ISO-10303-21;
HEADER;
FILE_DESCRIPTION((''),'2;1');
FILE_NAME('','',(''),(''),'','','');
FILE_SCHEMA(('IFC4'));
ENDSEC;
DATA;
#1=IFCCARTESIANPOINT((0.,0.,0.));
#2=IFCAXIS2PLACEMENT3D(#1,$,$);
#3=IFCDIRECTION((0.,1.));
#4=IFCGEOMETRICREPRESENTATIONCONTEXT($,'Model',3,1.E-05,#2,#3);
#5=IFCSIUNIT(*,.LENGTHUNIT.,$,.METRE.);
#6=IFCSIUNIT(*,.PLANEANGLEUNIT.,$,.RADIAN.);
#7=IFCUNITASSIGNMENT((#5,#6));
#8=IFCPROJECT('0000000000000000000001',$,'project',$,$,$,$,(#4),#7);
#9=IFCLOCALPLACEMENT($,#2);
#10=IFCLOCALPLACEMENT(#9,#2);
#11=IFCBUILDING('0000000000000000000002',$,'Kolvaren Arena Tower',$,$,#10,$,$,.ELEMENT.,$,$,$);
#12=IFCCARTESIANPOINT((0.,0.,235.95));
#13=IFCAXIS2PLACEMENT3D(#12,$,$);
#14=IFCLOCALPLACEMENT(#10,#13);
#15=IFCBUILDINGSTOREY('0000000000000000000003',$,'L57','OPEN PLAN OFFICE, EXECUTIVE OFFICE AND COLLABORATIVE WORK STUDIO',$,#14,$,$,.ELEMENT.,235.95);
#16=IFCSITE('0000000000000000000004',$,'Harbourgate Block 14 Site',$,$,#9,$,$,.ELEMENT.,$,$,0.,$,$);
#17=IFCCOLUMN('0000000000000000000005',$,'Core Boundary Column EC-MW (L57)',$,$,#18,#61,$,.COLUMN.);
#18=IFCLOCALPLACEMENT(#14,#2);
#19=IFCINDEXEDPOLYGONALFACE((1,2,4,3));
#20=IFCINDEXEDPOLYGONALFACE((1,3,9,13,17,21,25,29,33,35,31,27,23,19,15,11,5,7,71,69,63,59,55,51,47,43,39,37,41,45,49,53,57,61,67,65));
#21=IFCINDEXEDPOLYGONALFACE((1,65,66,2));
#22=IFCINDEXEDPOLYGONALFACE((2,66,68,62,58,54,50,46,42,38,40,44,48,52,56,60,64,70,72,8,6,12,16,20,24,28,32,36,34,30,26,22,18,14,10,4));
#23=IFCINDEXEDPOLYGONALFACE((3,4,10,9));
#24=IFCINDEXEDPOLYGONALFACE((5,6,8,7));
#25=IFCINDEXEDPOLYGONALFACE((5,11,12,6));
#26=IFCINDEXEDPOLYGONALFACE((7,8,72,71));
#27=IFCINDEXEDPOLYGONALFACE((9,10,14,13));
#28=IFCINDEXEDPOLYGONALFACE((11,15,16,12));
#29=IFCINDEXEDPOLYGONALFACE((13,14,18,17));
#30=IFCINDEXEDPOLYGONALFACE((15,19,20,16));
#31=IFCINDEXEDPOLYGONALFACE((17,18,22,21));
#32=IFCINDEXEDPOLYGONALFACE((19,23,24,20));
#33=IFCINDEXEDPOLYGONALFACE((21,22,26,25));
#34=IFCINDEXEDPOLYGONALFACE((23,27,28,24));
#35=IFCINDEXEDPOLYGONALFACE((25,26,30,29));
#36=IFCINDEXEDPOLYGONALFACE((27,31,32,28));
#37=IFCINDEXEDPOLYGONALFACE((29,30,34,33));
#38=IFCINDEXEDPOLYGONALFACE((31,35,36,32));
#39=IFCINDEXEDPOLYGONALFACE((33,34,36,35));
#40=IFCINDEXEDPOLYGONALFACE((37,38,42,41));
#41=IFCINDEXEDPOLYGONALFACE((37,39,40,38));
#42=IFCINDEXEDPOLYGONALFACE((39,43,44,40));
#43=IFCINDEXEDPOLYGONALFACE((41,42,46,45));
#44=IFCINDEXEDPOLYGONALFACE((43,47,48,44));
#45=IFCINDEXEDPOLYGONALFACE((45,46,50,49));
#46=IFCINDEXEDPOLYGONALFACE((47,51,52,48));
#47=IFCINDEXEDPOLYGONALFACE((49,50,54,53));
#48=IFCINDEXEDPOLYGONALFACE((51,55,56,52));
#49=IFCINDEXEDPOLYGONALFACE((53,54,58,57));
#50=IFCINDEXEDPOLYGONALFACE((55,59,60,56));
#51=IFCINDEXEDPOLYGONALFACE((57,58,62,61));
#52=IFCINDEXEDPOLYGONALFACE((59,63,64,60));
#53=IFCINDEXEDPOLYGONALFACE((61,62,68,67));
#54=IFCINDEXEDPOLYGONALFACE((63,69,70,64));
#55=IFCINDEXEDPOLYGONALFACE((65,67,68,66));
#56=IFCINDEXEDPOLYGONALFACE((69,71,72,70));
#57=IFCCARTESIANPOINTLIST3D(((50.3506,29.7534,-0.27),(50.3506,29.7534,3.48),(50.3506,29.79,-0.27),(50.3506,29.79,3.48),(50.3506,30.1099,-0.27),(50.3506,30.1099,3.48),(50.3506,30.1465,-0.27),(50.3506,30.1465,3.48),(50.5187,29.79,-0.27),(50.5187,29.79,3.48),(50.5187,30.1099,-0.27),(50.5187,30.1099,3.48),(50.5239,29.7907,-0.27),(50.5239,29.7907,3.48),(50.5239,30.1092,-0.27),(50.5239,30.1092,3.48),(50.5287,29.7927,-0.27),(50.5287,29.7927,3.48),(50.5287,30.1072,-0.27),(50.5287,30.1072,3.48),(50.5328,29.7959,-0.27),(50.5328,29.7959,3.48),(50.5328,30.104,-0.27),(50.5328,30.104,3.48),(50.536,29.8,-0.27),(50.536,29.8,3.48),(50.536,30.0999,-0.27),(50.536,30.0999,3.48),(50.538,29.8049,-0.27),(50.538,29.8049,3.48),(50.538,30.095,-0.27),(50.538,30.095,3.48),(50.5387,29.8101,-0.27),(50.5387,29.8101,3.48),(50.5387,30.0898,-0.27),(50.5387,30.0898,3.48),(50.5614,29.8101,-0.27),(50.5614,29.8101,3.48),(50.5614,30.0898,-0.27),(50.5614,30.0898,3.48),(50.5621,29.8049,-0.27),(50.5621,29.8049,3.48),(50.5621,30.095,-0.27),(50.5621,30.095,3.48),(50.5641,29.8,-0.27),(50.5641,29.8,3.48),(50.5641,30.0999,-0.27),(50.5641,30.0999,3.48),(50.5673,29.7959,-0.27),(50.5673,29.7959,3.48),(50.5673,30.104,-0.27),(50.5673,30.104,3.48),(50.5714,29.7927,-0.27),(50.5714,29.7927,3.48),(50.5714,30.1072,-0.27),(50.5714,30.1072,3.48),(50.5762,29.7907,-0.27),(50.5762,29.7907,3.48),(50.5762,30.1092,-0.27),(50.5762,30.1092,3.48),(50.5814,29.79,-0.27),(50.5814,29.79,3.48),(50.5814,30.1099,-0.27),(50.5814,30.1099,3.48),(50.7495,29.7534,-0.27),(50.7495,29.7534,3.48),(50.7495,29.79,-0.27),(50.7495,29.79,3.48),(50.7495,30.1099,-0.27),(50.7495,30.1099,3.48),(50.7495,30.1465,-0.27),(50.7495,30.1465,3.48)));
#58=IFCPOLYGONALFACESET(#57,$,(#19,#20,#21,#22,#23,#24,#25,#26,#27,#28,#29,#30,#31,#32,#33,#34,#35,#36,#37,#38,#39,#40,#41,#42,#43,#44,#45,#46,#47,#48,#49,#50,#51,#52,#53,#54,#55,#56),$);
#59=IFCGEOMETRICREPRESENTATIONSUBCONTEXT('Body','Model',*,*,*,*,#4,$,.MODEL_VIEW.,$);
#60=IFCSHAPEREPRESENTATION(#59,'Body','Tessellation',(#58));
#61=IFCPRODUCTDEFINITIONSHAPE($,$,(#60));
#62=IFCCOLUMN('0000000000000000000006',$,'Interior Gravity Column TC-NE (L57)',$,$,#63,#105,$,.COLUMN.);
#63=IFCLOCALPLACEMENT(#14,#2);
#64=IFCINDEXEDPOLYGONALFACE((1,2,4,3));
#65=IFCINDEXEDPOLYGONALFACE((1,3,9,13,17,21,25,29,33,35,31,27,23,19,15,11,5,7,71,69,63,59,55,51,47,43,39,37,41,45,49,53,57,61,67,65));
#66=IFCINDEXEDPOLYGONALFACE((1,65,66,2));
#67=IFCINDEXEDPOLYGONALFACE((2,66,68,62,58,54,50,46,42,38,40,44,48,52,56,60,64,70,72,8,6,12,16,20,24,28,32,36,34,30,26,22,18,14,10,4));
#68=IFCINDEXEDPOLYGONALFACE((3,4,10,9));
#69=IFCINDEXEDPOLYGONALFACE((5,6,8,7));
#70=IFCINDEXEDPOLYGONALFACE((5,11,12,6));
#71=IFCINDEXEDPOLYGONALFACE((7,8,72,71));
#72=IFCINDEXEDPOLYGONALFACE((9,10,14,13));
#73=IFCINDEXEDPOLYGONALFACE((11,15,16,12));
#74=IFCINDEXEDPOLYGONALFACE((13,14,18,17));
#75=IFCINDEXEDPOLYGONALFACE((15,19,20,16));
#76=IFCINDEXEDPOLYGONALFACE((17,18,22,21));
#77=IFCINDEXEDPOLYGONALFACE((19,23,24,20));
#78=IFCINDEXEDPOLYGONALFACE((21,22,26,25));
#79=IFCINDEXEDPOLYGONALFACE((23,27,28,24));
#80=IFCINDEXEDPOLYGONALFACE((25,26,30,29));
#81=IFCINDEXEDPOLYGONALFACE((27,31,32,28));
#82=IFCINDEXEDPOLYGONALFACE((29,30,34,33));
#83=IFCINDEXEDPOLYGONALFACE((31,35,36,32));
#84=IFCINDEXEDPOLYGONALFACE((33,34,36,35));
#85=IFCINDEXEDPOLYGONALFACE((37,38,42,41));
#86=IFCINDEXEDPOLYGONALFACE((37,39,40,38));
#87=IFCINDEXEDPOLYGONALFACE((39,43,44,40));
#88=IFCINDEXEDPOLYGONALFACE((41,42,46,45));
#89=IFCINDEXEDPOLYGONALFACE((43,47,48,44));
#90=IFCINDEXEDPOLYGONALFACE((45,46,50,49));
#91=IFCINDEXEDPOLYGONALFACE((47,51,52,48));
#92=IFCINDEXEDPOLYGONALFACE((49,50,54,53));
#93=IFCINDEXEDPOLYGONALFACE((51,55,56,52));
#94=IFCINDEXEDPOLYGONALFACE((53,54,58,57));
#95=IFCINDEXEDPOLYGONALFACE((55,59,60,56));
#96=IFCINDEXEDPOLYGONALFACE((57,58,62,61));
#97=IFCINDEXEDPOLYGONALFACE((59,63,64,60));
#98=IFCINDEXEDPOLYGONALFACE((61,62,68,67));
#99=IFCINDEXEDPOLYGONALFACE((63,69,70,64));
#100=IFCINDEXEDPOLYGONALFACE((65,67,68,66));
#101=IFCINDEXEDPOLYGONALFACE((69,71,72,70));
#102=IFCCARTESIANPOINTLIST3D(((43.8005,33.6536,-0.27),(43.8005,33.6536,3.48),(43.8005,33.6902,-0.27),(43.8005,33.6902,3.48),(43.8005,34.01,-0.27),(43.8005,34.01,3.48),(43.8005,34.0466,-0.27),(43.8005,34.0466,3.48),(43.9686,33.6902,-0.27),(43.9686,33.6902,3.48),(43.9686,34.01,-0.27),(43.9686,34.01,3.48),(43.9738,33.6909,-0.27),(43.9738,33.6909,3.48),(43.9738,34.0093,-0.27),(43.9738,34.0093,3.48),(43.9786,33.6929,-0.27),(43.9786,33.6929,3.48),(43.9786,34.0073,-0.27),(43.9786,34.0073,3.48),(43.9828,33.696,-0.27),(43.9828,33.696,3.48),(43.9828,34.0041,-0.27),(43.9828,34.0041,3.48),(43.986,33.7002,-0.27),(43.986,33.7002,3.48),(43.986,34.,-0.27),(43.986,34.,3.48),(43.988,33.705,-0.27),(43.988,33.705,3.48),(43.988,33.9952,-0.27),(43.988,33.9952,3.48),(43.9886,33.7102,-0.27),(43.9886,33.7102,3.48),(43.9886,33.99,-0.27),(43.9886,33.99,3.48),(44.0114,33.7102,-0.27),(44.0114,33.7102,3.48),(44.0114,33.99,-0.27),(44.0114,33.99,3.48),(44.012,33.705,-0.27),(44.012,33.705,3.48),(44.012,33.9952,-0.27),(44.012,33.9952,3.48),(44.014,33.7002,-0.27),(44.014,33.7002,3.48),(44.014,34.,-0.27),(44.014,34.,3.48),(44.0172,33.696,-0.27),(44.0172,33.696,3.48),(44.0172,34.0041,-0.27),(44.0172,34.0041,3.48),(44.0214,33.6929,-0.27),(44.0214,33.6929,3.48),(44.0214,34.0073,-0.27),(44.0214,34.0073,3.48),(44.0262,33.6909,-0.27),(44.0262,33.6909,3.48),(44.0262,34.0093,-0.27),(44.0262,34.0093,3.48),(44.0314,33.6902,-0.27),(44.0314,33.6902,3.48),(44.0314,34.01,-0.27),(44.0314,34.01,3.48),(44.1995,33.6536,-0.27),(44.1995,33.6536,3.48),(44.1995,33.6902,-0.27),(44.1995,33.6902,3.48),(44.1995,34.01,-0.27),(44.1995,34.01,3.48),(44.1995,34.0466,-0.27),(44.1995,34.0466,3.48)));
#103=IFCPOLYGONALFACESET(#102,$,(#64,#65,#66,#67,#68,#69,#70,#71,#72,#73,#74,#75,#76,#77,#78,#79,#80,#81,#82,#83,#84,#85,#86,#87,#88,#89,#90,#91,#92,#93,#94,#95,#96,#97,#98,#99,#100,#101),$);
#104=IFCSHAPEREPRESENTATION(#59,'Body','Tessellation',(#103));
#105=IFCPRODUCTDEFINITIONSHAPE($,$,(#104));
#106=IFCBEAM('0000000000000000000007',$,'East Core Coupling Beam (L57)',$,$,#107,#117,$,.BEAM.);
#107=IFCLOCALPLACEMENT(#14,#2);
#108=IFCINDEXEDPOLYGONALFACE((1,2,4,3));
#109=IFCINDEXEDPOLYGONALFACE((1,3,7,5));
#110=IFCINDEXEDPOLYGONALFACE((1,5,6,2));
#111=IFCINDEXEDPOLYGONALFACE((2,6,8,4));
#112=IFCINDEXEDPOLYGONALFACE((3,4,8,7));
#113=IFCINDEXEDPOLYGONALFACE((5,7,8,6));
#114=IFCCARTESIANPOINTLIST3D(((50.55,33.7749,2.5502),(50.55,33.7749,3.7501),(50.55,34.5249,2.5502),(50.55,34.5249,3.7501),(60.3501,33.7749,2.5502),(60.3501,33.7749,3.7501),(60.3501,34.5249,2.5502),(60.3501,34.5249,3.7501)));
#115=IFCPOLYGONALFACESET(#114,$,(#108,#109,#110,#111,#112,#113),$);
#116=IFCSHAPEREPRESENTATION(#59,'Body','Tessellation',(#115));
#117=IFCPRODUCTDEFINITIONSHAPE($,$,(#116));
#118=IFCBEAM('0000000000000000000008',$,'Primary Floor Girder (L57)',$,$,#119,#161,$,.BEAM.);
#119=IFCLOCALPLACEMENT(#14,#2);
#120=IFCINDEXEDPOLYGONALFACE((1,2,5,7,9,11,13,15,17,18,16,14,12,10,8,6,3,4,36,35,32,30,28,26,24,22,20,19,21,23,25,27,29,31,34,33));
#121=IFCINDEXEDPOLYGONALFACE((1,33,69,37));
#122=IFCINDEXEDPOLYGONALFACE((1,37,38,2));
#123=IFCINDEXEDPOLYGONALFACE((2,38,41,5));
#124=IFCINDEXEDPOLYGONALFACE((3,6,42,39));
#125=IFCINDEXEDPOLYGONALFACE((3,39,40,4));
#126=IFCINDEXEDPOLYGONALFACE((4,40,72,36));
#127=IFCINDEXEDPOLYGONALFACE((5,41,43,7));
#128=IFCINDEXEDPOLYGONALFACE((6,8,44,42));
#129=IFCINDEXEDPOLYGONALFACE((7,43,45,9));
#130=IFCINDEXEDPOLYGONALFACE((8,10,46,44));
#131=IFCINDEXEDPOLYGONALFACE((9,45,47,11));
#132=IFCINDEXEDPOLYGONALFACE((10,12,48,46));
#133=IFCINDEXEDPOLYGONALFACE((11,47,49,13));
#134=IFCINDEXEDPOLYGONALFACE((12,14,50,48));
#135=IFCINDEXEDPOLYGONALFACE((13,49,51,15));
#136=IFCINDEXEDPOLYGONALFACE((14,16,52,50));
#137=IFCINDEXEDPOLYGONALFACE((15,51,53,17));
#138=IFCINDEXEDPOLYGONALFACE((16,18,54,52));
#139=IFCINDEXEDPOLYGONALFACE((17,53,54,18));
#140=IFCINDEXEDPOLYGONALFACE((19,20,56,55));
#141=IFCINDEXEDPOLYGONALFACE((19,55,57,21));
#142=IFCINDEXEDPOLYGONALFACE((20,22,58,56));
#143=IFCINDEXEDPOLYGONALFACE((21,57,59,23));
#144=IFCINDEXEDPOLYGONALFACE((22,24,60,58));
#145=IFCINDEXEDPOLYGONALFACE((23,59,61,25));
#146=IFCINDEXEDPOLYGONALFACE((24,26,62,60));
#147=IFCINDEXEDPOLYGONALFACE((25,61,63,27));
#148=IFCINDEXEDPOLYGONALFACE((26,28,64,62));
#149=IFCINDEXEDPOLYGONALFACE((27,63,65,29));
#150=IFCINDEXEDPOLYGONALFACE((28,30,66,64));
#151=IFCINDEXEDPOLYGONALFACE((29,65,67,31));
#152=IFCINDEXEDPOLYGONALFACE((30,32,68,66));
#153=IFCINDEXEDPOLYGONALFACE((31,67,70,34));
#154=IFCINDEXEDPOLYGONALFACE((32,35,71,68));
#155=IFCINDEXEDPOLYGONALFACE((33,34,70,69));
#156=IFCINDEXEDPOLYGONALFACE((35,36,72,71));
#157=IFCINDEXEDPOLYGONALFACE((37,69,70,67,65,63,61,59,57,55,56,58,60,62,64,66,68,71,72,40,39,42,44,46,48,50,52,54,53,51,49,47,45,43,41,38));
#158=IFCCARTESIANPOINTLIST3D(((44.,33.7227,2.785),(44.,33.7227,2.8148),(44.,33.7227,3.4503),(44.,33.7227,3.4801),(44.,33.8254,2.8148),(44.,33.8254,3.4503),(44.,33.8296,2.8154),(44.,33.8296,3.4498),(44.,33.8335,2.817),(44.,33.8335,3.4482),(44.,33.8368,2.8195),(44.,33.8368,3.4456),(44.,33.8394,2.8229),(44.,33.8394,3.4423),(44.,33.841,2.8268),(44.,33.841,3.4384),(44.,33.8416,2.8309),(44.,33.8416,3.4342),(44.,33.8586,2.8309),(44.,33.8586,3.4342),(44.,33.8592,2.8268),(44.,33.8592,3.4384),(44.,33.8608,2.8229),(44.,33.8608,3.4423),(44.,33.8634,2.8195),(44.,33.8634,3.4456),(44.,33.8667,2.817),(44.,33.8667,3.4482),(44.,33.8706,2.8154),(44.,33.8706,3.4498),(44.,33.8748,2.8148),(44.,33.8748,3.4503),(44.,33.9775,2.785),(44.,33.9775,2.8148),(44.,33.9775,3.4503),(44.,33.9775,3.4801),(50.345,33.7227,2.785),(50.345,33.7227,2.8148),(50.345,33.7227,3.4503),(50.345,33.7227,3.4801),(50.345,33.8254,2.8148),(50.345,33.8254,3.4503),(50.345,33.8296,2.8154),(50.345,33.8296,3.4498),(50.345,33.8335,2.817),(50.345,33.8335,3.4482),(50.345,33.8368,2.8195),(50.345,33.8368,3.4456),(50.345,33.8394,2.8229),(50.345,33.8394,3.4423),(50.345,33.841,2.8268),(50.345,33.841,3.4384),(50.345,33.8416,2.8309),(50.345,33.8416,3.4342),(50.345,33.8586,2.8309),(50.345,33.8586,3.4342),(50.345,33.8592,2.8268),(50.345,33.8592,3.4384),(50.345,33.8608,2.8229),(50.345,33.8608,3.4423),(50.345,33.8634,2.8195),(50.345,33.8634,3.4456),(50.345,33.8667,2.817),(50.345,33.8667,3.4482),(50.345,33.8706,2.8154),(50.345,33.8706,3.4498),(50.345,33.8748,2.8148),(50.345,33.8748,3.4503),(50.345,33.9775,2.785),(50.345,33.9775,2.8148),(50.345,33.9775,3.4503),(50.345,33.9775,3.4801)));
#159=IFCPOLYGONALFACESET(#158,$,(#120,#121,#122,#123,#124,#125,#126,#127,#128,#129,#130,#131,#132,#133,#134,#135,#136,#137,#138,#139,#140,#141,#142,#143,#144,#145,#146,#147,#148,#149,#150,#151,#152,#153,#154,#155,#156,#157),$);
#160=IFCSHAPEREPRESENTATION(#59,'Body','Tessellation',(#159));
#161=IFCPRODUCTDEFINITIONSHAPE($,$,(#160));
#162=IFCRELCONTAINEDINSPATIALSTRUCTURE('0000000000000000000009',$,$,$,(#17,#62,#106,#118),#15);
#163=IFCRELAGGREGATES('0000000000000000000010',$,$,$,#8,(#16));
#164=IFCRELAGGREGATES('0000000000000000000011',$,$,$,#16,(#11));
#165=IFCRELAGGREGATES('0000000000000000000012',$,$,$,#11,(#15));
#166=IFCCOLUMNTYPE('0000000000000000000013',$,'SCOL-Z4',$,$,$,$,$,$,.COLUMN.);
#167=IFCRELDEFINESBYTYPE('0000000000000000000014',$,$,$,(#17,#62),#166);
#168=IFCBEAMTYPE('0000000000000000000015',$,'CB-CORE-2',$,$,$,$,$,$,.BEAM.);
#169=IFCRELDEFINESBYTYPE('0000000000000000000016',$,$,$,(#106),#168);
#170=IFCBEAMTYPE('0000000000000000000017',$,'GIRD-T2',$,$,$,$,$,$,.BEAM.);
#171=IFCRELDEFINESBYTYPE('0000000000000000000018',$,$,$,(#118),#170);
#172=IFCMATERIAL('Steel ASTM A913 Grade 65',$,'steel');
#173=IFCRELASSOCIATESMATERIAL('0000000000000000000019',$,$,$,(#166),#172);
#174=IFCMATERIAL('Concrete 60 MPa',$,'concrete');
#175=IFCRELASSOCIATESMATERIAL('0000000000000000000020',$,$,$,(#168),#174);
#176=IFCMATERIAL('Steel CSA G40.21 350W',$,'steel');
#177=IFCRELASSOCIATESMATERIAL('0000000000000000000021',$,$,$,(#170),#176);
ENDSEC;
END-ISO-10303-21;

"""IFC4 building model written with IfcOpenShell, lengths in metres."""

from ifc_helpers import new_model, si_unit, direction, frame, origin, origin_2d, place, context, subcontext, project, spatial, rectangle, i_section, extrude, material, material_profile, profile_set, type_object, element, save


model = new_model("IFC4")

# Units and contexts
model_context = context("Model", 3, precision=1e-05, world=origin(), true_north=direction((0.0, 1.0)))
body_context = subcontext(model_context, "Body", "Model", "MODEL_VIEW")
ifc_project = project(units=[si_unit("LENGTHUNIT", "METRE"), si_unit("PLANEANGLEUNIT", "RADIAN")], contexts=[model_context])

# Site, building, storey
site_placement = place(None, origin())
site = spatial("IfcSite", under=ifc_project, at=site_placement, Name="Harbourgate Block 14 Site", CompositionType="ELEMENT", RefElevation=0.0)
building_placement = place(site_placement, origin())
building = spatial("IfcBuilding", under=site, at=building_placement, Name="Kolvaren Arena Tower", CompositionType="ELEMENT")
storey_placement = place(building_placement, frame((0.0, 0.0, 235.95)))
storey = spatial("IfcBuildingStorey", under=building, at=storey_placement, Name="L57", Description="OPEN PLAN OFFICE, EXECUTIVE OFFICE AND COLLABORATIVE WORK STUDIO", CompositionType="ELEMENT", Elevation=235.95)

# Columns
ifc_material_1 = material(Name="Steel ASTM A913 Grade 65", Category="steel")
ifc_material_profile_1 = material_profile(ifc_material_1, i_section(OverallWidth=0.3989, OverallDepth=0.3931, WebThickness=0.0227, FlangeThickness=0.0366, FilletRadius=0.02, at=origin_2d()), Name="W360x287")
ifc_profile_set_1 = profile_set([ifc_material_profile_1], Name="Steel ASTM A913 Grade 65")
column_type = type_object("IfcColumnType", Name="SCOL-Z4", PredefinedType="COLUMN", material=ifc_profile_set_1)
for number, where, z_axis, x_axis, name in (
    (1, (50.55, 29.95, -0.27), (0.0, 0.0, 1.0), (1.0, 0.0, 0.0), "Core Boundary Column EC-MW (L57)"),
    (2, (44.0, 33.8501, -0.27), (0.0, 0.0, 1.0), (1.0, 0.0, 0.0), "Interior Gravity Column TC-NE (L57)"),
):
    element("IfcColumn", number, at=place(storey_placement, frame(where, z_axis=z_axis, x_axis=x_axis)), inside=storey, type_object=column_type, Name=name, PredefinedType="COLUMN", context=body_context, shape_type="SweptSolid", body=[
        extrude(i_section(OverallWidth=0.3989, OverallDepth=0.3931, WebThickness=0.0227, FlangeThickness=0.0366, FilletRadius=0.02, at=origin_2d()), origin(), (0.0, 0.0, 1.0), 3.75),
    ])

# Beams
ifc_material_2 = material(Name="Concrete 60 MPa", Category="concrete")
ifc_material_profile_2 = material_profile(ifc_material_2, rectangle(XDim=0.75, YDim=1.2, at=origin_2d()), Name="RC-750x1200")
ifc_profile_set_2 = profile_set([ifc_material_profile_2], Name="Concrete 60 MPa")
beam_type_1 = type_object("IfcBeamType", Name="CB-CORE-2", PredefinedType="BEAM", material=ifc_profile_set_2)
beam_1_placement = place(storey_placement, frame((50.55, 34.1499, 3.1501), z_axis=(1.0, 0.0, 0.0), x_axis=(0.0, 1.0, 0.0)))
element("IfcBeam", 3, at=beam_1_placement, inside=storey, type_object=beam_type_1, Name="East Core Coupling Beam (L57)", PredefinedType="BEAM", context=body_context, shape_type="SweptSolid", body=[
    extrude(rectangle(XDim=0.75, YDim=1.2, at=origin_2d()), origin(), (0.0, 0.0, 1.0), 9.8),
])
ifc_material_3 = material(Name="Steel CSA G40.21 350W", Category="steel")
ifc_material_profile_3 = material_profile(ifc_material_3, i_section(OverallWidth=0.2549, OverallDepth=0.6951, WebThickness=0.0171, FlangeThickness=0.0298, FilletRadius=0.0161, at=origin_2d()), Name="W690x217")
ifc_profile_set_3 = profile_set([ifc_material_profile_3], Name="Steel CSA G40.21 350W")
beam_type_2 = type_object("IfcBeamType", Name="GIRD-T2", PredefinedType="BEAM", material=ifc_profile_set_3)
beam_2_placement = place(storey_placement, frame((44.0, 33.8501, 3.1326), z_axis=(1.0, 0.0, 0.0), x_axis=(0.0, 1.0, 0.0)))
element("IfcBeam", 4, at=beam_2_placement, inside=storey, type_object=beam_type_2, Name="Primary Floor Girder (L57)", PredefinedType="BEAM", context=body_context, shape_type="SweptSolid", body=[
    extrude(i_section(OverallWidth=0.2549, OverallDepth=0.6951, WebThickness=0.0171, FlangeThickness=0.0298, FilletRadius=0.0161, at=origin_2d()), origin(), (0.0, 0.0, 1.0), 6.345),
])

save(model, "model.ifc")
